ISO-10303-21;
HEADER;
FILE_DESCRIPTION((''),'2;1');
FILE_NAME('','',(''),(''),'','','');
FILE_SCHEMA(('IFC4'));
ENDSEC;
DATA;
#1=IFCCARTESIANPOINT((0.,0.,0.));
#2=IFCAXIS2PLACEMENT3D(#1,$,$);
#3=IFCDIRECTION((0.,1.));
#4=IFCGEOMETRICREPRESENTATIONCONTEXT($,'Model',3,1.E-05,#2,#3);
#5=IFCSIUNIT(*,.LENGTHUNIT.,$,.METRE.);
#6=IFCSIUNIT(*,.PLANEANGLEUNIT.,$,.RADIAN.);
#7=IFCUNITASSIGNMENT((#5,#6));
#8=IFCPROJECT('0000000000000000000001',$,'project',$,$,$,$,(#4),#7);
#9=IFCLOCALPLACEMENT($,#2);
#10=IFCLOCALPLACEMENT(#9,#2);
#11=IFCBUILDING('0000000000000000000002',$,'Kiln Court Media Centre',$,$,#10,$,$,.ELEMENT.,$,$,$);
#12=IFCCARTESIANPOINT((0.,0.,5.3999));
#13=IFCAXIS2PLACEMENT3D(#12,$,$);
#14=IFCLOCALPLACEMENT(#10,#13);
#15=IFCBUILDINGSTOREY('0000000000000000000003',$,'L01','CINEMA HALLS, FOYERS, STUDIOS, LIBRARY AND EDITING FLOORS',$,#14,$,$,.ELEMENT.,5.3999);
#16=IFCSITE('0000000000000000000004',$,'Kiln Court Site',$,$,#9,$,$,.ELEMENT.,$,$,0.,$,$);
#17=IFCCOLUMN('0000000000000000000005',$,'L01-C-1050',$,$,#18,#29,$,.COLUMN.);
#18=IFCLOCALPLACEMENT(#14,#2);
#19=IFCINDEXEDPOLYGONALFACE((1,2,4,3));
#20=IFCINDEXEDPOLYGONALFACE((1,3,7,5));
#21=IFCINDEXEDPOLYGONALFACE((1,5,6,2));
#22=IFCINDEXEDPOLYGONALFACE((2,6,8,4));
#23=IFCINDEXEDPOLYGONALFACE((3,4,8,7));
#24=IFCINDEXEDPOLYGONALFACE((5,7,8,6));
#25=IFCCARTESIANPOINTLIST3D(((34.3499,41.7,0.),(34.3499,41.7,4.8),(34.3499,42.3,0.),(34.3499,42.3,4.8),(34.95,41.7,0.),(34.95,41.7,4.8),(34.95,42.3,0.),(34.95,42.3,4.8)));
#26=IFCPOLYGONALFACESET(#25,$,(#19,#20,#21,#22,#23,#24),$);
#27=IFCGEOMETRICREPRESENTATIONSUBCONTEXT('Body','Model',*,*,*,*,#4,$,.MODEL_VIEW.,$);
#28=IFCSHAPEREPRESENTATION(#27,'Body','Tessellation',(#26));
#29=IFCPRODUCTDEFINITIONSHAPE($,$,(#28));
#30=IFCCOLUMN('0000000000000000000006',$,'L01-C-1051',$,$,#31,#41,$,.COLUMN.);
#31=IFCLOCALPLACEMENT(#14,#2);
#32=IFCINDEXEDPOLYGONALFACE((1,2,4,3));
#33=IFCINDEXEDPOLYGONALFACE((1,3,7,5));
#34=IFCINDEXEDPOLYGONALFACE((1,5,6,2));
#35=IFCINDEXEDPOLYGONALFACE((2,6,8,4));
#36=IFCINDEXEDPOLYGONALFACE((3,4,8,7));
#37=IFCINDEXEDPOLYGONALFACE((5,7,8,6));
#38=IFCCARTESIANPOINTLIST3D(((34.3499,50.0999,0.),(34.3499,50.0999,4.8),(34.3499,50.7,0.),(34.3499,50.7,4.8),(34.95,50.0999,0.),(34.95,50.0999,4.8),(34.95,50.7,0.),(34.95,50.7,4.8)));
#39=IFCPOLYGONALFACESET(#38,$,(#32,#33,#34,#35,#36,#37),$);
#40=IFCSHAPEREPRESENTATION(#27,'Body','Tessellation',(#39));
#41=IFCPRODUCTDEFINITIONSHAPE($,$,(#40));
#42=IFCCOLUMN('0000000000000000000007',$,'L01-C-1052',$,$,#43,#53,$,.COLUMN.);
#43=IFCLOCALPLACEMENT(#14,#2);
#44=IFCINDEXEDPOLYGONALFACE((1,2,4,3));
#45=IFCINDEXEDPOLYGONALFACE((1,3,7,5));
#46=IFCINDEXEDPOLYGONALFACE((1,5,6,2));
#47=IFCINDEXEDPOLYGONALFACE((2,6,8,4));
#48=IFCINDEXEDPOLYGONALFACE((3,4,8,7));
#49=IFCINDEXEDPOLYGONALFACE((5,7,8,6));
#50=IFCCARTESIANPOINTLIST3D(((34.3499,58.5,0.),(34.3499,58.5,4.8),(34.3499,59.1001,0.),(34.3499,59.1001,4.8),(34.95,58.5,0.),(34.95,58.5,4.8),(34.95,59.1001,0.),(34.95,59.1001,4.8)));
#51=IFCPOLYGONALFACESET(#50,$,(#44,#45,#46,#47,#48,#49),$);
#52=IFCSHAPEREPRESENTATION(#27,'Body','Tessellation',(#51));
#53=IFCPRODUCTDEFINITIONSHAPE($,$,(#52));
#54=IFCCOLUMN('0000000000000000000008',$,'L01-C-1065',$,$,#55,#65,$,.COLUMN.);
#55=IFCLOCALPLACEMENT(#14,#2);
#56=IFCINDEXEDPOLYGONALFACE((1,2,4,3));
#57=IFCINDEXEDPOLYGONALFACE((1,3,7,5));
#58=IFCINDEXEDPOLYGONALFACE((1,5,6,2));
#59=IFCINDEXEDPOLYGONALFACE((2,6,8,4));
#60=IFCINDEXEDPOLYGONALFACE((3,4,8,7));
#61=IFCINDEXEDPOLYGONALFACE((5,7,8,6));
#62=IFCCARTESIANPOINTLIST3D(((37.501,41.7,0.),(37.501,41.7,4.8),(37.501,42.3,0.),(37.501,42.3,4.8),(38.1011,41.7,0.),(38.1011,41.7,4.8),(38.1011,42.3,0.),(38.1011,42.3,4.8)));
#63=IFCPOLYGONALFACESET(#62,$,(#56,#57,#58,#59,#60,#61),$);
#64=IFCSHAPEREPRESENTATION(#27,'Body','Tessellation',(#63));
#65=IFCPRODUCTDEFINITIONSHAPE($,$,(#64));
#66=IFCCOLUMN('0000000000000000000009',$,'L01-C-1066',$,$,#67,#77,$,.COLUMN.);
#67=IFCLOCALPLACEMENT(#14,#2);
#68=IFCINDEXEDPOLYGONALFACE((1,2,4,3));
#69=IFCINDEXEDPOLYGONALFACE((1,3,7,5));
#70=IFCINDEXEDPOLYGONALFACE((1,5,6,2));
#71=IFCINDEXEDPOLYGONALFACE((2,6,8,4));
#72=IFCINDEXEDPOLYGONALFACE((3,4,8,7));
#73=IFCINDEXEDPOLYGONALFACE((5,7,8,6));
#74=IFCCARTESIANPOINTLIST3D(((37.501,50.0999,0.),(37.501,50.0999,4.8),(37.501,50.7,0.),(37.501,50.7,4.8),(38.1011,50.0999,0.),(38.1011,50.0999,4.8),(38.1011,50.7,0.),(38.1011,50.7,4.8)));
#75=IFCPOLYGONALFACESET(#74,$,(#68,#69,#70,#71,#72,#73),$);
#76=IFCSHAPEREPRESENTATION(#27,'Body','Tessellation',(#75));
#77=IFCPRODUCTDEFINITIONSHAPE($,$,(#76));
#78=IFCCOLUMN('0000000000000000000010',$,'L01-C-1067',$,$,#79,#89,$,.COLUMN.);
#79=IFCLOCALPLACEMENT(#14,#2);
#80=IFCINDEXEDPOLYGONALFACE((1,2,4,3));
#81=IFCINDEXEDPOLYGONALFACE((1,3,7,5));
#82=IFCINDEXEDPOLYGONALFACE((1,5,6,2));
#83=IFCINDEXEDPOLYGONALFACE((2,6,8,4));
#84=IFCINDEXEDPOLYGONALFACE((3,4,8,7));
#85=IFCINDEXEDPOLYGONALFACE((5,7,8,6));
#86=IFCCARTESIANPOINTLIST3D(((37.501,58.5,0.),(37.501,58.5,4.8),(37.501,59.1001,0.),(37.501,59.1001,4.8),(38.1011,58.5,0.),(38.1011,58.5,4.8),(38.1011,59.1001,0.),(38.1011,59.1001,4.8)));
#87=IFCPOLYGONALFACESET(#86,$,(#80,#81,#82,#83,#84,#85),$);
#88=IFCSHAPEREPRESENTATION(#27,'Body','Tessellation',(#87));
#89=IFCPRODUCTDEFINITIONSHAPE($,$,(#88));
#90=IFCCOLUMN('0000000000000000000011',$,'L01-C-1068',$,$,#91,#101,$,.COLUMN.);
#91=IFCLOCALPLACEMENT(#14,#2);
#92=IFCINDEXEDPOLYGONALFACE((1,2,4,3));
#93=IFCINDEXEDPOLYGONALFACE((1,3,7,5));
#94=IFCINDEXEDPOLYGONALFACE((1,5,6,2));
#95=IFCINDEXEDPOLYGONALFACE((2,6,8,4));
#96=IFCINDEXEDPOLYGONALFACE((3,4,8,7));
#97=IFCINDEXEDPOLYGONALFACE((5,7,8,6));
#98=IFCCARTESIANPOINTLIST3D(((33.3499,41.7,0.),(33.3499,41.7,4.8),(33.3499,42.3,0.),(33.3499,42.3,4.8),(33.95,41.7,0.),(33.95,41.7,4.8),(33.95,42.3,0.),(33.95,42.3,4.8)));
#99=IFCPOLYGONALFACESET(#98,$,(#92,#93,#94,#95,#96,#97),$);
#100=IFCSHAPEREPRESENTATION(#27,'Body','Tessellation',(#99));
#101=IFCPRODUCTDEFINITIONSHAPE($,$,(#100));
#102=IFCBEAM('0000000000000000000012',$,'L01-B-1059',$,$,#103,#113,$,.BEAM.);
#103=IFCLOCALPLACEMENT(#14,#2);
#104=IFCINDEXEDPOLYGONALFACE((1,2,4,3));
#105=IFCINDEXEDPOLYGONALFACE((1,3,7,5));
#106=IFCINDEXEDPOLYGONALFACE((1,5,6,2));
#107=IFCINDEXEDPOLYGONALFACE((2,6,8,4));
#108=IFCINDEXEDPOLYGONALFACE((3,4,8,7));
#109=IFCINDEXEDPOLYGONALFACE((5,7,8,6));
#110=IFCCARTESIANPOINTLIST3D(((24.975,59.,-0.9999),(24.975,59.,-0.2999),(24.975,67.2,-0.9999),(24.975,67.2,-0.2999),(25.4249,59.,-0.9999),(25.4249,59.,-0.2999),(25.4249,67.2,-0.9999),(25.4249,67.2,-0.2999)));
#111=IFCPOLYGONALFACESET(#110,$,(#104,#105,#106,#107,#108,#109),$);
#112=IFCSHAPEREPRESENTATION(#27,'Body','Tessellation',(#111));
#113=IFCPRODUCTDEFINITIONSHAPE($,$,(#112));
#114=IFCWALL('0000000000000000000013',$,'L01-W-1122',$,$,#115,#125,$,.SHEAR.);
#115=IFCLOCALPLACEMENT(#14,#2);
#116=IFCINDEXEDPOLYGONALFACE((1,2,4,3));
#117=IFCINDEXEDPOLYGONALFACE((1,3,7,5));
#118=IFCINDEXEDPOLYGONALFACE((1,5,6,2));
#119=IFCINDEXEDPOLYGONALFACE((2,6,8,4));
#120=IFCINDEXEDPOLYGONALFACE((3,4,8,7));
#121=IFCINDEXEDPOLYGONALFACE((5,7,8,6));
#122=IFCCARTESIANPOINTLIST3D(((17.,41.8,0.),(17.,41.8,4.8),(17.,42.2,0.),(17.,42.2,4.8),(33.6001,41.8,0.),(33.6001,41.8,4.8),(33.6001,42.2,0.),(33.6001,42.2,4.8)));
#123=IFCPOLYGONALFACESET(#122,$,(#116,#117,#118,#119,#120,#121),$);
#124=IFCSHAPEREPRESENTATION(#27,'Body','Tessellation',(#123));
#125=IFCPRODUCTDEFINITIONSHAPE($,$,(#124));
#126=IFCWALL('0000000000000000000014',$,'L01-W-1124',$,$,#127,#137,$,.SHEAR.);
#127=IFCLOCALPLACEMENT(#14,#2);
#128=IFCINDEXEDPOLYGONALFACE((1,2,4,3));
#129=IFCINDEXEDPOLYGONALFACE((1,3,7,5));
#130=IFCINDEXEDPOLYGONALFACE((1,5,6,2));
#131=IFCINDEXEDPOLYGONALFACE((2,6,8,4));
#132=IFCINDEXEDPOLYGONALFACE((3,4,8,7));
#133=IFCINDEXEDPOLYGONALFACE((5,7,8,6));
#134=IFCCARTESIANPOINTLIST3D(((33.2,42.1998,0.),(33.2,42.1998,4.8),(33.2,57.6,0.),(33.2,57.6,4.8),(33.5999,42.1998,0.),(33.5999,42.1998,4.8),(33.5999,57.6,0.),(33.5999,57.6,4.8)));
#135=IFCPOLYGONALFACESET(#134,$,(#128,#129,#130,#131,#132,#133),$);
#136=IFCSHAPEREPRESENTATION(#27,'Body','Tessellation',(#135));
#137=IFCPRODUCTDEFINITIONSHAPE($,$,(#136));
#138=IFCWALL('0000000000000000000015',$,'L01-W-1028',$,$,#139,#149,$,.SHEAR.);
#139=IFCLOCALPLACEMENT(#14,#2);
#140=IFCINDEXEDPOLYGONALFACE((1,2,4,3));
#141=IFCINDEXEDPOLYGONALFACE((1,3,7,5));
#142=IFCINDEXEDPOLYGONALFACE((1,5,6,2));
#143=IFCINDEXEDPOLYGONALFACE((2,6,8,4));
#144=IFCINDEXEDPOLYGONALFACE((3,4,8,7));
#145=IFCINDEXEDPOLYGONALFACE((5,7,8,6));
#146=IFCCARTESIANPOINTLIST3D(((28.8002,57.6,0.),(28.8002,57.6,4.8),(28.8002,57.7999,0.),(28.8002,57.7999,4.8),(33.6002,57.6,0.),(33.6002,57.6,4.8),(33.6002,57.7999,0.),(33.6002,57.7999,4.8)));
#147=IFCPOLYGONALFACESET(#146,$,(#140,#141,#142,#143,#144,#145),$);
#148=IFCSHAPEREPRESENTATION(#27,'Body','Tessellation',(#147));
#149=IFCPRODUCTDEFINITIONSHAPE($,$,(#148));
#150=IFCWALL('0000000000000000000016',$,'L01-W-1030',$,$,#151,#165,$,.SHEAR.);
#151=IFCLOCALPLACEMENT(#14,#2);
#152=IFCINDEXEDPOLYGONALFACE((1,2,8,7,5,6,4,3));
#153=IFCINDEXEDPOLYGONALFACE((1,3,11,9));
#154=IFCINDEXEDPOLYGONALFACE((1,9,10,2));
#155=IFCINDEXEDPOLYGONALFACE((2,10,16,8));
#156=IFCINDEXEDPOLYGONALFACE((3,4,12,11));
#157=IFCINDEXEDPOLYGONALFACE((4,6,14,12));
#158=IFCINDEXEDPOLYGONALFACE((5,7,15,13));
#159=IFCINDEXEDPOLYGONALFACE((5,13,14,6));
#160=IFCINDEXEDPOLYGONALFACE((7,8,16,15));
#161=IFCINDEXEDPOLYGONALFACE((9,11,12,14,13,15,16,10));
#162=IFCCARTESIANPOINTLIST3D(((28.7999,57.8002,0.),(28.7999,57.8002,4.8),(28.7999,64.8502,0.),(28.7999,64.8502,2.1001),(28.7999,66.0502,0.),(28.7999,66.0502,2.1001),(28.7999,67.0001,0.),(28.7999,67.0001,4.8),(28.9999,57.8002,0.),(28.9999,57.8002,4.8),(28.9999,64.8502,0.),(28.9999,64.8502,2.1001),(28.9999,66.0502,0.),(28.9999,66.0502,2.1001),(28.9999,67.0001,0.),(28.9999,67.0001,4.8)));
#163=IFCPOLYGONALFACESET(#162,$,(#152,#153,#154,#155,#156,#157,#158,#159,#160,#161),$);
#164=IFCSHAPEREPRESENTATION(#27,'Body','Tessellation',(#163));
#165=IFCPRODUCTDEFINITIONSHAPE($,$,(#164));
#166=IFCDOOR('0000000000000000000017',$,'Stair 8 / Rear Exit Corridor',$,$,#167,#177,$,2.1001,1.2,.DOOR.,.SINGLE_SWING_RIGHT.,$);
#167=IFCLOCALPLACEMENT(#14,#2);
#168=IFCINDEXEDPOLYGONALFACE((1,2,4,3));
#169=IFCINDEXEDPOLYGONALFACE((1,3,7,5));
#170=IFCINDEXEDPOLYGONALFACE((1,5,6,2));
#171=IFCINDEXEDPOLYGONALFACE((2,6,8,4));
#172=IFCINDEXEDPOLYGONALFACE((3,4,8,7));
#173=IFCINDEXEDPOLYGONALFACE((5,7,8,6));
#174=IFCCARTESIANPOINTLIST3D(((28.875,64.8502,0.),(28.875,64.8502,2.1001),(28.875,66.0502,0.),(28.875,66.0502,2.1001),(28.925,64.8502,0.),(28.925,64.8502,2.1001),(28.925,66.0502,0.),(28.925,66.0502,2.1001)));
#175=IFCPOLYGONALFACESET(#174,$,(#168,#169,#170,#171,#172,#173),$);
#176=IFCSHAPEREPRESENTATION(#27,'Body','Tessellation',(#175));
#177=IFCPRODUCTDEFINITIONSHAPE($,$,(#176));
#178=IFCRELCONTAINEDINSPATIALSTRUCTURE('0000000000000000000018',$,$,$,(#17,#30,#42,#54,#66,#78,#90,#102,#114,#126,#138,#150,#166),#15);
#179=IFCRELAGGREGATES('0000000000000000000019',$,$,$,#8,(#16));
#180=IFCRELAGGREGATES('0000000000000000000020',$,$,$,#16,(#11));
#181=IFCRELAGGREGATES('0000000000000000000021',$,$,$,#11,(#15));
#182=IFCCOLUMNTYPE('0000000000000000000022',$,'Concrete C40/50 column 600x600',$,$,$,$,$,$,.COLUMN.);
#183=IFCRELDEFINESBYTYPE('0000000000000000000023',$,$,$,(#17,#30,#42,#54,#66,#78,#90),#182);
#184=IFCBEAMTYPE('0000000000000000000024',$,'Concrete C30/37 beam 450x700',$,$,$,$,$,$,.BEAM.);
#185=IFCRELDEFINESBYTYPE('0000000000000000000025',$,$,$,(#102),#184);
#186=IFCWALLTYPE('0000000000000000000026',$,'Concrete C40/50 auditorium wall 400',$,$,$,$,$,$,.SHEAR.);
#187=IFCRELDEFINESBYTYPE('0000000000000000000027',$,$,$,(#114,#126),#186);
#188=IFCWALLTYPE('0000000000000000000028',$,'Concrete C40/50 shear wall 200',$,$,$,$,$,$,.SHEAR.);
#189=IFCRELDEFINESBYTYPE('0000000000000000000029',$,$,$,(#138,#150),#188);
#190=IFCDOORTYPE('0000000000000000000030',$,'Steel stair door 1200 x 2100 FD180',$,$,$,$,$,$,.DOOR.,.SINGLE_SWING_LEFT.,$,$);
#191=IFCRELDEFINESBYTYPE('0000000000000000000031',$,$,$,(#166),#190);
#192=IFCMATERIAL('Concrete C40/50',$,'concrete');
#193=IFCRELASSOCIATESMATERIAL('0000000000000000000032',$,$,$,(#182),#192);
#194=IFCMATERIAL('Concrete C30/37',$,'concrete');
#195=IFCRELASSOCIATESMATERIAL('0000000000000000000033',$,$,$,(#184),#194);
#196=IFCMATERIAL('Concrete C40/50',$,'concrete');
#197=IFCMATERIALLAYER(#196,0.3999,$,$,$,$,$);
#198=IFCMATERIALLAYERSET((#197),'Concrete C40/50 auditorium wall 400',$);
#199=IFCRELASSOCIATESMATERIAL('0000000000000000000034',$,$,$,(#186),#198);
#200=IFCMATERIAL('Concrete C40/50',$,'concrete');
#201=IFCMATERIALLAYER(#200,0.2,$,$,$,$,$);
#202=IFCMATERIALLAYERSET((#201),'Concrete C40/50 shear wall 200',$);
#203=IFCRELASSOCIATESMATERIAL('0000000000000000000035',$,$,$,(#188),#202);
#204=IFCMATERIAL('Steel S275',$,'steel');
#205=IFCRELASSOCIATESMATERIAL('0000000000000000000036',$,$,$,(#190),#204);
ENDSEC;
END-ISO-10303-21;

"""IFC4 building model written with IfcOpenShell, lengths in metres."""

from ifc_helpers import new_model, si_unit, direction, frame, frame_2d, origin, origin_2d, place, context, subcontext, project, spatial, rectangle, extrude, material, layer, layer_set, material_profile, profile_set, type_object, element, fill, save


model = new_model("IFC4")

# Units and contexts
model_context = context("Model", 3, precision=1e-05, world=origin(), true_north=direction((0.0, 1.0)))
body_context = subcontext(model_context, "Body", "Model", "MODEL_VIEW")
ifc_project = project(units=[si_unit("LENGTHUNIT", "METRE"), si_unit("PLANEANGLEUNIT", "RADIAN")], contexts=[model_context])

# Site, building, storey
site_placement = place(None, origin())
site = spatial("IfcSite", under=ifc_project, at=site_placement, Name="Kiln Court Site", CompositionType="ELEMENT", RefElevation=0.0)
building_placement = place(site_placement, origin())
building = spatial("IfcBuilding", under=site, at=building_placement, Name="Kiln Court Media Centre", CompositionType="ELEMENT")
storey_placement = place(building_placement, frame((0.0, 0.0, 5.3999)))
storey = spatial("IfcBuildingStorey", under=building, at=storey_placement, Name="L01", Description="CINEMA HALLS, FOYERS, STUDIOS, LIBRARY AND EDITING FLOORS", CompositionType="ELEMENT", Elevation=5.3999)

# Columns
ifc_material_1 = material(Name="Concrete C40/50", Category="concrete")
ifc_material_profile_1 = material_profile(ifc_material_1, rectangle(XDim=0.6001, YDim=0.6001, at=origin_2d()), Name="RC 600x600")
ifc_profile_set_1 = profile_set([ifc_material_profile_1], Name="Concrete C40/50")
column_type = type_object("IfcColumnType", Name="Concrete C40/50 column 600x600", PredefinedType="COLUMN", material=ifc_profile_set_1)
for number, where, z_axis, x_axis, name in (
    (1, (34.6499, 42.0, 0.0), (0.0, 0.0, 1.0), (1.0, 0.0, 0.0), "L01-C-1050"),
    (2, (34.6499, 50.3999, 0.0), (0.0, 0.0, 1.0), (1.0, 0.0, 0.0), "L01-C-1051"),
    (3, (34.6499, 58.8, 0.0), (0.0, 0.0, 1.0), (1.0, 0.0, 0.0), "L01-C-1052"),
    (4, (37.801, 42.0, 0.0), (0.0, 0.0, 1.0), (1.0, 0.0, 0.0), "L01-C-1065"),
    (5, (37.801, 50.3999, 0.0), (0.0, 0.0, 1.0), (1.0, 0.0, 0.0), "L01-C-1066"),
    (6, (37.801, 58.8, 0.0), (0.0, 0.0, 1.0), (1.0, 0.0, 0.0), "L01-C-1067"),
    (7, (33.6499, 42.0, 0.0), (0.0, 0.0, 1.0), (1.0, 0.0, 0.0), "L01-C-1068"),
):
    element("IfcColumn", number, at=place(storey_placement, frame(where, z_axis=z_axis, x_axis=x_axis)), inside=storey, type_object=column_type, Name=name, PredefinedType="COLUMN", context=body_context, shape_type="SweptSolid", body=[
        extrude(rectangle(XDim=0.6001, YDim=0.6001, at=origin_2d()), origin(), (0.0, 0.0, 1.0), 4.8),
    ])

# Beam
ifc_material_2 = material(Name="Concrete C30/37", Category="concrete")
ifc_material_profile_2 = material_profile(ifc_material_2, rectangle(XDim=0.45, YDim=0.7, at=origin_2d()), Name="RC 450x700")
ifc_profile_set_2 = profile_set([ifc_material_profile_2], Name="Concrete C30/37")
beam_type = type_object("IfcBeamType", Name="Concrete C30/37 beam 450x700", PredefinedType="BEAM", material=ifc_profile_set_2)
beam_placement = place(storey_placement, frame((25.2, 59.0, -0.6499), z_axis=(0.0, 1.0, 0.0), x_axis=(-1.0, 0.0, 0.0)))
element("IfcBeam", 8, at=beam_placement, inside=storey, type_object=beam_type, Name="L01-B-1059", PredefinedType="BEAM", context=body_context, shape_type="SweptSolid", body=[
    extrude(rectangle(XDim=0.45, YDim=0.7, at=origin_2d()), origin(), (0.0, 0.0, 1.0), 8.2),
])

# Walls
ifc_material_3 = material(Name="Concrete C40/50", Category="concrete")
ifc_layer_1 = layer(ifc_material_3, 0.3999)
ifc_layer_set_1 = layer_set([ifc_layer_1], Name="Concrete C40/50 auditorium wall 400")
wall_type_1 = type_object("IfcWallType", Name="Concrete C40/50 auditorium wall 400", PredefinedType="SHEAR", material=ifc_layer_set_1)
wall_1_placement = place(storey_placement, frame((33.6001, 42.0, 0.0), z_axis=(0.0, 0.0, 1.0), x_axis=(-1.0, 0.0, 0.0)))
element("IfcWall", 9, at=wall_1_placement, inside=storey, type_object=wall_type_1, Name="L01-W-1122", PredefinedType="SHEAR", context=body_context, shape_type="SweptSolid", body=[
    extrude(rectangle(XDim=16.6001, YDim=0.3999, at=frame_2d((8.3, 0.0))), origin(), (0.0, 0.0, 1.0), 4.8),
])
wall_2_placement = place(storey_placement, frame((33.3999, 57.6001, 0.0), z_axis=(0.0, 0.0, 1.0), x_axis=(0.0, -1.0, 0.0)))
element("IfcWall", 10, at=wall_2_placement, inside=storey, type_object=wall_type_1, Name="L01-W-1124", PredefinedType="SHEAR", context=body_context, shape_type="SweptSolid", body=[
    extrude(rectangle(XDim=15.4001, YDim=0.3999, at=frame_2d((7.7002, 0.0))), origin(), (0.0, 0.0, 1.0), 4.8),
])
ifc_material_4 = material(Name="Concrete C40/50", Category="concrete")
ifc_layer_2 = layer(ifc_material_4, 0.2)
ifc_layer_set_2 = layer_set([ifc_layer_2], Name="Concrete C40/50 shear wall 200")
wall_type_2 = type_object("IfcWallType", Name="Concrete C40/50 shear wall 200", PredefinedType="SHEAR", material=ifc_layer_set_2)
wall_3_placement = place(storey_placement, frame((33.6001, 57.7, 0.0), z_axis=(0.0, 0.0, 1.0), x_axis=(-1.0, 0.0, 0.0)))
element("IfcWall", 11, at=wall_3_placement, inside=storey, type_object=wall_type_2, Name="L01-W-1028", PredefinedType="SHEAR", context=body_context, shape_type="SweptSolid", body=[
    extrude(rectangle(XDim=4.8, YDim=0.2, at=frame_2d((2.3999, 0.0))), origin(), (0.0, 0.0, 1.0), 4.8),
])

# Wall, opening, door
wall_4_placement = place(storey_placement, frame((28.8999, 57.8, 0.0), z_axis=(0.0, 0.0, 1.0), x_axis=(0.0, 1.0, 0.0)))
wall_4 = element("IfcWall", 12, at=wall_4_placement, inside=storey, type_object=wall_type_2, Name="L01-W-1030", PredefinedType="SHEAR", context=body_context, shape_type="SweptSolid", body=[
    extrude(rectangle(XDim=9.2, YDim=0.2, at=frame_2d((4.6001, 0.0))), origin(), (0.0, 0.0, 1.0), 4.8),
])
opening_placement = place(wall_4_placement, frame((7.05, 0.0, 0.0)))
opening = element("IfcOpeningElement", 13, at=opening_placement, cuts=wall_4, PredefinedType="OPENING", context=body_context, shape_type="SweptSolid", body=[
    extrude(rectangle(XDim=1.2, YDim=2.1001, at=frame_2d((0.6001, 1.05))), frame((0.0, 0.1099, 0.0), z_axis=(0.0, -1.0, 0.0), x_axis=(1.0, 0.0, 0.0)), (0.0, 0.0, 1.0), 0.22),
])
ifc_material_5 = material(Name="Steel S275", Category="steel")
door_type = type_object("IfcDoorType", Name="Steel stair door 1200 x 2100 FD180", OperationType="SINGLE_SWING_LEFT", PredefinedType="DOOR", material=ifc_material_5)
door_placement = place(opening_placement, origin())
door = element("IfcDoor", 14, at=door_placement, inside=storey, type_object=door_type, Name="Stair 8 / Rear Exit Corridor", OperationType="SINGLE_SWING_RIGHT", OverallHeight=2.1001, OverallWidth=1.2, PredefinedType="DOOR", context=body_context, shape_type="SweptSolid", body=[
    extrude(rectangle(XDim=1.2, YDim=2.1001, at=frame_2d((0.6001, 1.05))), frame((0.0, 0.0249, 0.0), z_axis=(0.0, -1.0, 0.0), x_axis=(1.0, 0.0, 0.0)), (0.0, 0.0, 1.0), 0.05),
])
fill(opening, door)

save(model, "model.ifc")
